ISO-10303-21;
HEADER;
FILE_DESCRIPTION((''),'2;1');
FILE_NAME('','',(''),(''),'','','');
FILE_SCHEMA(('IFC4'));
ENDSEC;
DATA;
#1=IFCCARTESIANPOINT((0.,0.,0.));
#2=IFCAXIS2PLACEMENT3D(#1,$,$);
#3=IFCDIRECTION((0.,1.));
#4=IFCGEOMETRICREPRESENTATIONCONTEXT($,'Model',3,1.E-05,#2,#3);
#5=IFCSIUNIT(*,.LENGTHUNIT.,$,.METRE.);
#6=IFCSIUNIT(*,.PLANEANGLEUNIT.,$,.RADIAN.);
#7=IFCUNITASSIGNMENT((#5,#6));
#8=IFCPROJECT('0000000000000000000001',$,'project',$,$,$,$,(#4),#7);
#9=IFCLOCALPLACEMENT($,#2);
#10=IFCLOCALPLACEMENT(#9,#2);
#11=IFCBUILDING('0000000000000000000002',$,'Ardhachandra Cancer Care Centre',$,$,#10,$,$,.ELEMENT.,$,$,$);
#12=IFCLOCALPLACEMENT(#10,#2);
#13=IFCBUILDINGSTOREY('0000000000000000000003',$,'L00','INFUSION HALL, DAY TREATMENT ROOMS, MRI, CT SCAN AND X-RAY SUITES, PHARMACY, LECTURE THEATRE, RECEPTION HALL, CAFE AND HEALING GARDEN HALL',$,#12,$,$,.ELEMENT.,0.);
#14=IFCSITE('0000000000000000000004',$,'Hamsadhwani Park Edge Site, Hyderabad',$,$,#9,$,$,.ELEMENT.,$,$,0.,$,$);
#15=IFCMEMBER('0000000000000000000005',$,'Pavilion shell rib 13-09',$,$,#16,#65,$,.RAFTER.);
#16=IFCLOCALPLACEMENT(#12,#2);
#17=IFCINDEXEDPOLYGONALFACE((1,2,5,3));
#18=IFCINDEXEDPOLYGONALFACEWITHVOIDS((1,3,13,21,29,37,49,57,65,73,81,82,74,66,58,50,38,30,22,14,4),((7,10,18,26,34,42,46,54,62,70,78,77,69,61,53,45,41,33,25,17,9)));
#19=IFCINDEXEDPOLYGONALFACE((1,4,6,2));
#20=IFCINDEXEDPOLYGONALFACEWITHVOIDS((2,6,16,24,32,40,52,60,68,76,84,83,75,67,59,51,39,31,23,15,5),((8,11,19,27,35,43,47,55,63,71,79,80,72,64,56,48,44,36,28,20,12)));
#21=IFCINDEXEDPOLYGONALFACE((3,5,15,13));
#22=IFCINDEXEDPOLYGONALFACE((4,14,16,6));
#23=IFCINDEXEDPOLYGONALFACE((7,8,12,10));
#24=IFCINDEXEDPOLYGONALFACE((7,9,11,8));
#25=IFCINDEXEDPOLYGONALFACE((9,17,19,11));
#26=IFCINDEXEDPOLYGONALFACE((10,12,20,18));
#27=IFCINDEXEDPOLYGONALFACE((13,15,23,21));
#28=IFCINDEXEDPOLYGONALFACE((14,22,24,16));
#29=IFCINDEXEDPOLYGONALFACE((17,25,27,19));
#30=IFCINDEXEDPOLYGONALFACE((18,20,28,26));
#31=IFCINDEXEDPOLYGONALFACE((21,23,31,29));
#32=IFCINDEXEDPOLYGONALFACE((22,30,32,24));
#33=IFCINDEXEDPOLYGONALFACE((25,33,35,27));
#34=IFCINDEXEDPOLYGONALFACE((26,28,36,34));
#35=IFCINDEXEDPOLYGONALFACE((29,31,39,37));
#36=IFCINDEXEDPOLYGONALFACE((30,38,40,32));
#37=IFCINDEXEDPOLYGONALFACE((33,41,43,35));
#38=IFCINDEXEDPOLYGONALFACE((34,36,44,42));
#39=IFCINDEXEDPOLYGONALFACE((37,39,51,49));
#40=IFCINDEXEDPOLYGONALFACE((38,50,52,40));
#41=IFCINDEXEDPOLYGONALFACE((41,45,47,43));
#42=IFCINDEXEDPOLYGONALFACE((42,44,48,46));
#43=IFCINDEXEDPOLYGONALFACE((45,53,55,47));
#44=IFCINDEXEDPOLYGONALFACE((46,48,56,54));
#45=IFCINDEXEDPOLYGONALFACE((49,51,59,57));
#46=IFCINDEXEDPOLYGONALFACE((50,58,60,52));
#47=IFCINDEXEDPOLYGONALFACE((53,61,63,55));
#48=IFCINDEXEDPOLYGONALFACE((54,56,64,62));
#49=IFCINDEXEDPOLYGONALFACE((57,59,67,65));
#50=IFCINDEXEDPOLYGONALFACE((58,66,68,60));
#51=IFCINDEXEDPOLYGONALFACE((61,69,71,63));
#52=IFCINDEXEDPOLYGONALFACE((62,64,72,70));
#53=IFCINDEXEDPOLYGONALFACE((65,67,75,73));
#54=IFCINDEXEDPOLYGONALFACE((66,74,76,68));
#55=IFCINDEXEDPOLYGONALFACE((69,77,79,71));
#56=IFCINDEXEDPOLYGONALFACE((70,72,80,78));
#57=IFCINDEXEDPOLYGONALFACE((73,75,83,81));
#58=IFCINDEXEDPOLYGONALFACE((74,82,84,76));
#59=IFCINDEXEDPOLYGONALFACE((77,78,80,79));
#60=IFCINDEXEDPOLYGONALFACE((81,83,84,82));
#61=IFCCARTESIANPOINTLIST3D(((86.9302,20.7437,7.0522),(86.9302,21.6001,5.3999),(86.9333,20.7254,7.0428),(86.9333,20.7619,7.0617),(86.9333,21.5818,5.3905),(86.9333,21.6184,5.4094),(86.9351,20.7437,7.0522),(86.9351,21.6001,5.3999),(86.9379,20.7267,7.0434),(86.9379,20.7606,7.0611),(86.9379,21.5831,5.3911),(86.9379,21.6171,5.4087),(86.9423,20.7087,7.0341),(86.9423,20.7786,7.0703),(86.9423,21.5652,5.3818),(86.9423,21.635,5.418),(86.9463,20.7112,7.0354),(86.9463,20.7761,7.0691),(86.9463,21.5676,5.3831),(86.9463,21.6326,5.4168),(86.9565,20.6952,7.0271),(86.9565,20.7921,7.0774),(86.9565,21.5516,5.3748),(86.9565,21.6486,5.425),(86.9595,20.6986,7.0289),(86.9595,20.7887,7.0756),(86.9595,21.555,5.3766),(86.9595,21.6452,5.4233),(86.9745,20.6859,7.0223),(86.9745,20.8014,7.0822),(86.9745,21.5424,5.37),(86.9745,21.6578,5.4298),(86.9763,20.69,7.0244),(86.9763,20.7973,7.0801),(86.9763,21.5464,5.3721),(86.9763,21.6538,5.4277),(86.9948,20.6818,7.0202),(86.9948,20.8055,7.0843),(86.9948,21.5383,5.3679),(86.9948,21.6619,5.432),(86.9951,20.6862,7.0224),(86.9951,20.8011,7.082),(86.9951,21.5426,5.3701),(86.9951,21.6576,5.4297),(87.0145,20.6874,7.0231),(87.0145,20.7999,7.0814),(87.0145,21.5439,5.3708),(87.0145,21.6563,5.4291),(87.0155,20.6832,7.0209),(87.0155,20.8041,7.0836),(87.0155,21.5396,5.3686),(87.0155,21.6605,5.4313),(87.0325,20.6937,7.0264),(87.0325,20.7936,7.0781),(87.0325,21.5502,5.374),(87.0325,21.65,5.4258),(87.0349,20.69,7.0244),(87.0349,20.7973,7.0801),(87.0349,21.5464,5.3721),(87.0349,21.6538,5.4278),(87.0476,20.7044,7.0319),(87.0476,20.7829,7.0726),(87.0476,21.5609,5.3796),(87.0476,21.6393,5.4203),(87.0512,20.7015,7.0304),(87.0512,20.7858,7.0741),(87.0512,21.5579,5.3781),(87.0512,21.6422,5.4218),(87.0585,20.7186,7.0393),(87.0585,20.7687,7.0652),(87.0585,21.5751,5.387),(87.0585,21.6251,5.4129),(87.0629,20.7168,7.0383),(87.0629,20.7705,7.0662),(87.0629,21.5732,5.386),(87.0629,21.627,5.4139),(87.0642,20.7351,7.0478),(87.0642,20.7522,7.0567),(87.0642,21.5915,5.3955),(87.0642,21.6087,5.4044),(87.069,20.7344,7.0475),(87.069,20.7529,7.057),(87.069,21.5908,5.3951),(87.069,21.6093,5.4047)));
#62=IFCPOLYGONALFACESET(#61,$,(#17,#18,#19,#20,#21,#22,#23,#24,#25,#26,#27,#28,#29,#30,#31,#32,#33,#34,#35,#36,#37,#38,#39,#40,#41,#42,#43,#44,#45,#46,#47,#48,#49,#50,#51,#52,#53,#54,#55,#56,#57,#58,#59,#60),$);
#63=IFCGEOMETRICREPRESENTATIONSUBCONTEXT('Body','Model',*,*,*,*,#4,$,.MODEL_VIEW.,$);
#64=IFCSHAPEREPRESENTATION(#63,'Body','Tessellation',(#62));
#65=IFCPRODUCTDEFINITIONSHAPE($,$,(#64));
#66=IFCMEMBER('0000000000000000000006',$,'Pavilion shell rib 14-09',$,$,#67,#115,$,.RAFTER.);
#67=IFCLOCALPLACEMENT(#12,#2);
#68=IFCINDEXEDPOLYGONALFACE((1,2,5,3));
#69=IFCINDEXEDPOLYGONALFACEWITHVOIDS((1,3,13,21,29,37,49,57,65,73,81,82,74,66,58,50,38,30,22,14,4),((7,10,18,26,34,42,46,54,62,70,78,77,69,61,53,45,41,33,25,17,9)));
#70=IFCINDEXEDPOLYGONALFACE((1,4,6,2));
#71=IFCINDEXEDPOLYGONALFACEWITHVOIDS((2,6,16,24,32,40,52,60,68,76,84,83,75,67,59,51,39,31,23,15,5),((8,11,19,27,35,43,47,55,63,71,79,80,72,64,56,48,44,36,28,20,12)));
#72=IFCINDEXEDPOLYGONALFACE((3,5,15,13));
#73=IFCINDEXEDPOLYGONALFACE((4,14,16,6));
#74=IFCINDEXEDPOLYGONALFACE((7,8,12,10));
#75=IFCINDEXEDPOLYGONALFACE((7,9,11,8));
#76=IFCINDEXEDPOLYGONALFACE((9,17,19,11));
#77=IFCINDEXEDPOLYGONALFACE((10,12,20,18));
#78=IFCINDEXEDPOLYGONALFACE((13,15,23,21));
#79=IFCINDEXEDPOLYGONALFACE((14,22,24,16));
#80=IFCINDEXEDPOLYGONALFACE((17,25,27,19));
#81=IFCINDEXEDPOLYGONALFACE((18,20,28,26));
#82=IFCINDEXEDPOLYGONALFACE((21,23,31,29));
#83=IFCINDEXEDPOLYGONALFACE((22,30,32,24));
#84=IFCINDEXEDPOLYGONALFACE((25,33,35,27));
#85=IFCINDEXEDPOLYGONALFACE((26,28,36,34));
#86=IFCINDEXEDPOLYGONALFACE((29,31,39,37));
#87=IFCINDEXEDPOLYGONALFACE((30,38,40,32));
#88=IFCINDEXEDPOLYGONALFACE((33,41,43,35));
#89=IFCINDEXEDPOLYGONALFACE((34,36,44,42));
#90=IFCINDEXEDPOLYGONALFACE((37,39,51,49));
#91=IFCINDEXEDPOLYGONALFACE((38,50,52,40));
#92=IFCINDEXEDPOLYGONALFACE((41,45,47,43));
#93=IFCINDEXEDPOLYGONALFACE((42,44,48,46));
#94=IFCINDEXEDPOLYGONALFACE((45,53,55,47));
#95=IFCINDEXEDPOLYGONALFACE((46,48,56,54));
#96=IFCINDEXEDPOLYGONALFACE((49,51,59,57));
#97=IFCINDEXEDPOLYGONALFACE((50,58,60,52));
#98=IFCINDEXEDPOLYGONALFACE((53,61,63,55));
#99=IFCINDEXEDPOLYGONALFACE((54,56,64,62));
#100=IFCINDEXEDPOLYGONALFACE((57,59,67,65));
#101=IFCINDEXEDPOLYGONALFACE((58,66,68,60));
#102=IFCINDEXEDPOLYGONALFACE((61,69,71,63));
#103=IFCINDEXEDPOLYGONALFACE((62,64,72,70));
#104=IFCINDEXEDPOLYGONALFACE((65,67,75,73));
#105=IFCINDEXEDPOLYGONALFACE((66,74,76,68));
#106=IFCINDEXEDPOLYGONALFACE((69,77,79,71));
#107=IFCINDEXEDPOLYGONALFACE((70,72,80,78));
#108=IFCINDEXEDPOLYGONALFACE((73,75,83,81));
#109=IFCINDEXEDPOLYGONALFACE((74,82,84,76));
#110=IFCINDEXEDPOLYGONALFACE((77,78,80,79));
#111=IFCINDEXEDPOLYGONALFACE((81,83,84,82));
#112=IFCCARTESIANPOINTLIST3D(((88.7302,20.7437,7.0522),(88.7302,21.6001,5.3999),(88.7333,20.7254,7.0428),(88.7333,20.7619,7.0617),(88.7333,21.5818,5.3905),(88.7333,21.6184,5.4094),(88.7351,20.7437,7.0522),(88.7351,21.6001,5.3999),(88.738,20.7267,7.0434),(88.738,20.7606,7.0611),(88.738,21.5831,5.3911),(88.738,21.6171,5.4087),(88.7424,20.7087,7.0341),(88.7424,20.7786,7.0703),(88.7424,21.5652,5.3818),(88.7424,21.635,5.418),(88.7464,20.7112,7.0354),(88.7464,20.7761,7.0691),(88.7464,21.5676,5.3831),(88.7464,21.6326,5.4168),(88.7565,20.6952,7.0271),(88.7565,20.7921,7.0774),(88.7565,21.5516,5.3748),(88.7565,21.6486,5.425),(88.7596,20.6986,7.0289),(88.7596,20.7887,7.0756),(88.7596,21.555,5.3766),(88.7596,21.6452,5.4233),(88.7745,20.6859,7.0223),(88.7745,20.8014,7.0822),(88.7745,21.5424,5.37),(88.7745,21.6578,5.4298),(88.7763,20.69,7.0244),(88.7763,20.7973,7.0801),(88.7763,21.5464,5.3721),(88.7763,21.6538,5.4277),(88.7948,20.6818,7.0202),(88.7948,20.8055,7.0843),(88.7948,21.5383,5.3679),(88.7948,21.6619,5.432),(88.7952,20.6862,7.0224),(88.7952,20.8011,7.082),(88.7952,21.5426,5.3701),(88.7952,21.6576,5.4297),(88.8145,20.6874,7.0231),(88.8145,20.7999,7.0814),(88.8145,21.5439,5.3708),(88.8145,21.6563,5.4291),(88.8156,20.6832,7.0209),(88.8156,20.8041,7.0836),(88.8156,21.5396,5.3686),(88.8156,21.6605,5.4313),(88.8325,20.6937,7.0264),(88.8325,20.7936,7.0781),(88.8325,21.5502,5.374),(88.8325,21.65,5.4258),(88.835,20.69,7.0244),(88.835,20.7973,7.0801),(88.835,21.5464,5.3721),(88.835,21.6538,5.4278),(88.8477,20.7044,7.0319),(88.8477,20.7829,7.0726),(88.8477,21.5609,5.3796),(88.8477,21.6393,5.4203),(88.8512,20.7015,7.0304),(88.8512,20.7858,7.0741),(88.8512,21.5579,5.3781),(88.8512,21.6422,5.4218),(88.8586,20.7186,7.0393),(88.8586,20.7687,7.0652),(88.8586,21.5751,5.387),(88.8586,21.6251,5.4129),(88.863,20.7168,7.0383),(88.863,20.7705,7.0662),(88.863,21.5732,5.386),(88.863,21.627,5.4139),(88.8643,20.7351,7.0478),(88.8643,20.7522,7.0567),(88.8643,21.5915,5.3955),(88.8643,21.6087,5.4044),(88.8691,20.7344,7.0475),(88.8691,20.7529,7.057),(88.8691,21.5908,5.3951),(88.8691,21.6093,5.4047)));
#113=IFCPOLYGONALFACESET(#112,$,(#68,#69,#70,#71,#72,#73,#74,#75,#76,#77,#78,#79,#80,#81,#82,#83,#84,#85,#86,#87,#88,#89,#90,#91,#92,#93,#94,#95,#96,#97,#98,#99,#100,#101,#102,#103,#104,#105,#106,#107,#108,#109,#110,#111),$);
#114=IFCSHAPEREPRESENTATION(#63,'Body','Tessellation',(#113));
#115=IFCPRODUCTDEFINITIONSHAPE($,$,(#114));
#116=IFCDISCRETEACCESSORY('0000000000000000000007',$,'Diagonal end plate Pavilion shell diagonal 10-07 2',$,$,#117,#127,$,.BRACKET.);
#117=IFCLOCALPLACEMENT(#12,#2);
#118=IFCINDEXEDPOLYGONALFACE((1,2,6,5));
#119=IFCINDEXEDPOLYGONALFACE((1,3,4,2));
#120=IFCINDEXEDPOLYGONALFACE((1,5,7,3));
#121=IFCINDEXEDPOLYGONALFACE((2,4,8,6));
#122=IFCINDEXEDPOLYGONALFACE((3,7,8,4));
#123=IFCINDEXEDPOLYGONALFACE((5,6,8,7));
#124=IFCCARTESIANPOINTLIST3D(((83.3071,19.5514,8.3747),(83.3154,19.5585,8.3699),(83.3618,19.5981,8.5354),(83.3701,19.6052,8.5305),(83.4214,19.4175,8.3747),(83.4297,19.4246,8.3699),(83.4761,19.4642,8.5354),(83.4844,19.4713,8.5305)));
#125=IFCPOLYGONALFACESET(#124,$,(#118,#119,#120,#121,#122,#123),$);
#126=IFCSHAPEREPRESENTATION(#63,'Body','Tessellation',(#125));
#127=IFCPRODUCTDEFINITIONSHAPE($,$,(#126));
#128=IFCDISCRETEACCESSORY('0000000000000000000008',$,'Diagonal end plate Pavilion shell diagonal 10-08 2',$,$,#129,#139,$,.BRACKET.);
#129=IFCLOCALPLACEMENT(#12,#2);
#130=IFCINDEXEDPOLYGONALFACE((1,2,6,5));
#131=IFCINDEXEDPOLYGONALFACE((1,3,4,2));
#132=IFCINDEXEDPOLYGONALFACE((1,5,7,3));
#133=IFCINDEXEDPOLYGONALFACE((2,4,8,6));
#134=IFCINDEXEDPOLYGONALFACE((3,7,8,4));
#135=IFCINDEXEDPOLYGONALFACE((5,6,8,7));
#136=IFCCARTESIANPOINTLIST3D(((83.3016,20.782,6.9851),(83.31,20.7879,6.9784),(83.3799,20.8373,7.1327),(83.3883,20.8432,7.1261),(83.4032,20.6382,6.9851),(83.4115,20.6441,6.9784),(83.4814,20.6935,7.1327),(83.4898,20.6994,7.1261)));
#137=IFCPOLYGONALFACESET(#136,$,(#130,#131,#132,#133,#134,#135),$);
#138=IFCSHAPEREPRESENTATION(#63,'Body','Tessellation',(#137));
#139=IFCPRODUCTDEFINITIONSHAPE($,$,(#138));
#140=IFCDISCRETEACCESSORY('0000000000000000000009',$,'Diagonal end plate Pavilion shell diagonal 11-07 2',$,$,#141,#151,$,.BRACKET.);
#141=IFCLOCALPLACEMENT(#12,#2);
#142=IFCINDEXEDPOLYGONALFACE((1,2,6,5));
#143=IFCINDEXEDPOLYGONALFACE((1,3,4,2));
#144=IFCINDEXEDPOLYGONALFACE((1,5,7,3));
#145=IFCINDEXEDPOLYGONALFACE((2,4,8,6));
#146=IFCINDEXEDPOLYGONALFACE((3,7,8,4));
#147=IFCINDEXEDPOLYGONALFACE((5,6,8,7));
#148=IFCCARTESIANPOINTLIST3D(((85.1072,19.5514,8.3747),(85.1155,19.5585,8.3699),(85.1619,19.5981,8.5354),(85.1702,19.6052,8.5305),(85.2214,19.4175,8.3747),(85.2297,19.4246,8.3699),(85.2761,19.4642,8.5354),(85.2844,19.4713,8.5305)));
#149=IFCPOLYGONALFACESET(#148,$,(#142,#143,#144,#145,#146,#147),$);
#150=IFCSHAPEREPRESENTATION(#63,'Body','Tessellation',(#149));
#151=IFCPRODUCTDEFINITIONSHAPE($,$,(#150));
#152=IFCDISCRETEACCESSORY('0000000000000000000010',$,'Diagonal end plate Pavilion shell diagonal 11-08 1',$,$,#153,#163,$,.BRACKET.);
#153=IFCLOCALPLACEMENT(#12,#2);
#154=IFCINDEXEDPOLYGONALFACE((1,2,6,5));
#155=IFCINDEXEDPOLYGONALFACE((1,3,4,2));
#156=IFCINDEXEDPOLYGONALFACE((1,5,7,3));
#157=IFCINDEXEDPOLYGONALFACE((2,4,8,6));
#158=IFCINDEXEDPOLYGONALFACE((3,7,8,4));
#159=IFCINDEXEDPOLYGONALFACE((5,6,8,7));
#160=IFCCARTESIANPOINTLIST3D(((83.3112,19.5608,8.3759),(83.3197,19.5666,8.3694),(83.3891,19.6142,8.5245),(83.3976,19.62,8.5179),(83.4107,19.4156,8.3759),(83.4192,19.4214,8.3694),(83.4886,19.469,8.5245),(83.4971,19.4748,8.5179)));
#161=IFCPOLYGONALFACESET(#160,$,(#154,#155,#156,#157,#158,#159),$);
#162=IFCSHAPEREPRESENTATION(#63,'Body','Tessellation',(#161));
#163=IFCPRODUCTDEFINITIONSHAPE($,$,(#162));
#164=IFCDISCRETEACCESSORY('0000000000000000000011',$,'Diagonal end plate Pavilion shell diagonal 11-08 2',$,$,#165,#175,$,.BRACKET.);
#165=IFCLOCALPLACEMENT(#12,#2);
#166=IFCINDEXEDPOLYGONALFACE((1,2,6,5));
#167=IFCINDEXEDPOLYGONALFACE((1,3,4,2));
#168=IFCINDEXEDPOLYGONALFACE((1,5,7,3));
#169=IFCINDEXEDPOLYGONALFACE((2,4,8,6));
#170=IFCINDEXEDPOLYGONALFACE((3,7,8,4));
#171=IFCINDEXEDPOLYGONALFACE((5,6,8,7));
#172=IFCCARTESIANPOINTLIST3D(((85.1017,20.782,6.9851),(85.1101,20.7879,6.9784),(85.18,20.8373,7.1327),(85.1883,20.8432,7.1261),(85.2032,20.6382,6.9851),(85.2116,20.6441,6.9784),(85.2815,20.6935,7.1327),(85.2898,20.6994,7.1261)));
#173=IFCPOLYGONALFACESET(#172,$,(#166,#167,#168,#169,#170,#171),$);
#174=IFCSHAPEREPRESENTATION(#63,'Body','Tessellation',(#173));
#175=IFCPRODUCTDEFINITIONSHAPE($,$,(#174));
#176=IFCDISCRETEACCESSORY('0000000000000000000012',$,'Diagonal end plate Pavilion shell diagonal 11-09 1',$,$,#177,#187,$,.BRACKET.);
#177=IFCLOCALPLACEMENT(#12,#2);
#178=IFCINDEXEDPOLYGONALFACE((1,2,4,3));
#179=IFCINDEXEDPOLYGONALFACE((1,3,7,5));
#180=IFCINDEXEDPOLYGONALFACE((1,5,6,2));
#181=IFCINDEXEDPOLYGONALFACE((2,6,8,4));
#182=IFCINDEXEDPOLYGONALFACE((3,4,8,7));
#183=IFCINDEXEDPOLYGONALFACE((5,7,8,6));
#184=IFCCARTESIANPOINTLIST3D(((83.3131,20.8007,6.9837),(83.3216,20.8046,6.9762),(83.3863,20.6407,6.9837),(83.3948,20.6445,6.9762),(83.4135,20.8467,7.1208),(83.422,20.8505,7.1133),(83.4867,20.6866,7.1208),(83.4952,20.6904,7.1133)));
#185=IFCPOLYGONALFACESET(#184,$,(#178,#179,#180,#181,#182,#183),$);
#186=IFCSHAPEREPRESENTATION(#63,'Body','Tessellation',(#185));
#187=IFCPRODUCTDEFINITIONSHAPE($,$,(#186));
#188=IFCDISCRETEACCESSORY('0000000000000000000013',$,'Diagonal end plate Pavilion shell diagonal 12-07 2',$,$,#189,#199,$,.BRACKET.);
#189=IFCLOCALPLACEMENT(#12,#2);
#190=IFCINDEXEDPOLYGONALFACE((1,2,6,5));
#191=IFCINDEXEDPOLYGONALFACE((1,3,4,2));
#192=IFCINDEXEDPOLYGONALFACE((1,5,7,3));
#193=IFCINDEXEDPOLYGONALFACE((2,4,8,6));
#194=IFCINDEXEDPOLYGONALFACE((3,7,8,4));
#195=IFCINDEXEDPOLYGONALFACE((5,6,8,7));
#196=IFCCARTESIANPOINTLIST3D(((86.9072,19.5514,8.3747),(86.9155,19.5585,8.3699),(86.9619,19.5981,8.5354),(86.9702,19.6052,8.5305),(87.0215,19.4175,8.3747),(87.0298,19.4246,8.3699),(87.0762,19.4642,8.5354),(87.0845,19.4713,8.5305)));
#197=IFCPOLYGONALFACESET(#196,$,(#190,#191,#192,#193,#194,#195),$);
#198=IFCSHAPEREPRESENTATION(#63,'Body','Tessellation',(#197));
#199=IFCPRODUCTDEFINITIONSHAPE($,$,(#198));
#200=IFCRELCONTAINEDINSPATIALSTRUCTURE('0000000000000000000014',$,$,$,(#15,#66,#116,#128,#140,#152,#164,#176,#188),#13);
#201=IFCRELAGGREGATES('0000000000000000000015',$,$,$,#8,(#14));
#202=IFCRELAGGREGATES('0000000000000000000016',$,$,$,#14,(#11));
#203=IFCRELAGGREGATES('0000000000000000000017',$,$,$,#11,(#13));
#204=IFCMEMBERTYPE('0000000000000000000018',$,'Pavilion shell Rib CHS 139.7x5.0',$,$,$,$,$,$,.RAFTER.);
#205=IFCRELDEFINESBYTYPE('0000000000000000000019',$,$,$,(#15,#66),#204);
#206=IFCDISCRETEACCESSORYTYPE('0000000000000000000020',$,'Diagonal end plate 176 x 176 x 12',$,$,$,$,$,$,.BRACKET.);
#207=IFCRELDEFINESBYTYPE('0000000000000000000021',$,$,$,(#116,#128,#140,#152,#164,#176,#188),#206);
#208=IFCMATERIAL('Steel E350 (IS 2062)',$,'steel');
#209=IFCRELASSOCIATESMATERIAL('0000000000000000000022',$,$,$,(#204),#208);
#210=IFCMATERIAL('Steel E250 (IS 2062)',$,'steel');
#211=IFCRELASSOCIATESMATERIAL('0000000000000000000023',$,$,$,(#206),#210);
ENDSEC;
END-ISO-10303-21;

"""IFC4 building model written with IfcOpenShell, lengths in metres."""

from ifc_helpers import new_model, si_unit, direction, frame, origin, origin_2d, place, context, subcontext, project, spatial, rectangle, hollow_circle, extrude, material, material_profile, profile_set, type_object, element, save


model = new_model("IFC4")

# Units and contexts
model_context = context("Model", 3, precision=1e-05, world=origin(), true_north=direction((0.0, 1.0)))
body_context = subcontext(model_context, "Body", "Model", "MODEL_VIEW")
ifc_project = project(units=[si_unit("LENGTHUNIT", "METRE"), si_unit("PLANEANGLEUNIT", "RADIAN")], contexts=[model_context])

# Site, building, storey
site_placement = place(None, origin())
site = spatial("IfcSite", under=ifc_project, at=site_placement, Name="Hamsadhwani Park Edge Site, Hyderabad", CompositionType="ELEMENT", RefElevation=0.0)
building_placement = place(site_placement, origin())
building = spatial("IfcBuilding", under=site, at=building_placement, Name="Ardhachandra Cancer Care Centre", CompositionType="ELEMENT")
storey_placement = place(building_placement, origin())
storey = spatial("IfcBuildingStorey", under=building, at=storey_placement, Name="L00", Description="INFUSION HALL, DAY TREATMENT ROOMS, MRI, CT SCAN AND X-RAY SUITES, PHARMACY, LECTURE THEATRE, RECEPTION HALL, CAFE AND HEALING GARDEN HALL", CompositionType="ELEMENT", Elevation=0.0)

# Members
ifc_material_1 = material(Name="Steel E350 (IS 2062)", Category="steel")
ifc_material_profile_1 = material_profile(ifc_material_1, hollow_circle(Radius=0.0698, WallThickness=0.0049, at=origin_2d()), Name="CHS 139.7x5.0")
ifc_profile_set_1 = profile_set([ifc_material_profile_1], Name="Steel E350 (IS 2062)")
member_type_1 = type_object("IfcMemberType", Name="Pavilion shell Rib CHS 139.7x5.0", PredefinedType="RAFTER", material=ifc_profile_set_1)
for number, where, z_axis, x_axis, name in (
    (1, (87.0, 20.7437, 7.0522), (0.0, 0.460179, -0.887826), (-1.0, 0.0, 0.0), "Pavilion shell rib 13-09"),
    (2, (88.8, 20.7437, 7.0522), (0.0, 0.460179, -0.887826), (-1.0, 0.0, 0.0), "Pavilion shell rib 14-09"),
):
    element("IfcMember", number, at=place(storey_placement, frame(where, z_axis=z_axis, x_axis=x_axis)), inside=storey, type_object=member_type_1, Name=name, PredefinedType="RAFTER", context=body_context, shape_type="SweptSolid", body=[
        extrude(hollow_circle(Radius=0.0698, WallThickness=0.0049, at=origin_2d()), origin(), (0.0, 0.0, 1.0), 1.8611),
    ])

# Discrete accessories
ifc_material_2 = material(Name="Steel E250 (IS 2062)", Category="steel")
ifc_material_profile_2 = material_profile(ifc_material_2, rectangle(XDim=0.176, YDim=0.176, at=origin_2d()), Name="PL 176x176x12")
ifc_profile_set_2 = profile_set([ifc_material_profile_2], Name="Steel E250 (IS 2062)")
discrete_accessory_type = type_object("IfcDiscreteAccessoryType", Name="Diagonal end plate 176 x 176 x 12", PredefinedType="BRACKET", material=ifc_profile_set_2)
discrete_accessory_1_placement = place(storey_placement, frame((83.3999, 19.5149, 8.4502), z_axis=(-0.694456, -0.59233, 0.408504), x_axis=(0.648947, -0.760834, 0.0)))
element("IfcDiscreteAccessory", 3, at=discrete_accessory_1_placement, inside=storey, type_object=discrete_accessory_type, Name="Diagonal end plate Pavilion shell diagonal 10-07 2", PredefinedType="BRACKET", context=body_context, shape_type="SweptSolid", body=[
    extrude(rectangle(XDim=0.176, YDim=0.176, at=origin_2d()), origin(), (0.0, 0.0, 1.0), 0.012),
])
discrete_accessory_2_placement = place(storey_placement, frame((83.3999, 20.7437, 7.0522), z_axis=(-0.685367, -0.483788, 0.544262), x_axis=(0.576683, -0.816968, 0.0)))
element("IfcDiscreteAccessory", 4, at=discrete_accessory_2_placement, inside=storey, type_object=discrete_accessory_type, Name="Diagonal end plate Pavilion shell diagonal 10-08 2", PredefinedType="BRACKET", context=body_context, shape_type="SweptSolid", body=[
    extrude(rectangle(XDim=0.176, YDim=0.176, at=origin_2d()), origin(), (0.0, 0.0, 1.0), 0.0122),
])
discrete_accessory_3_placement = place(storey_placement, frame((85.2, 19.5149, 8.4502), z_axis=(-0.694456, -0.59233, 0.408504), x_axis=(0.648947, -0.760834, 0.0)))
element("IfcDiscreteAccessory", 5, at=discrete_accessory_3_placement, inside=storey, type_object=discrete_accessory_type, Name="Diagonal end plate Pavilion shell diagonal 11-07 2", PredefinedType="BRACKET", context=body_context, shape_type="SweptSolid", body=[
    extrude(rectangle(XDim=0.176, YDim=0.176, at=origin_2d()), origin(), (0.0, 0.0, 1.0), 0.012),
])
for number, where, z_axis, x_axis, name in (
    (6, (83.3999, 19.5149, 8.4502), (0.695837, 0.477146, -0.536789), (-0.565528, 0.824729, 0.0), "Diagonal end plate Pavilion shell diagonal 11-08 1"),
    (7, (85.2, 20.7437, 7.0522), (-0.685367, -0.483788, 0.544262), (0.576683, -0.816968, 0.0), "Diagonal end plate Pavilion shell diagonal 11-08 2"),
):
    element("IfcDiscreteAccessory", number, at=place(storey_placement, frame(where, z_axis=z_axis, x_axis=x_axis)), inside=storey, type_object=discrete_accessory_type, Name=name, PredefinedType="BRACKET", context=body_context, shape_type="SweptSolid", body=[
        extrude(rectangle(XDim=0.176, YDim=0.176, at=origin_2d()), origin(), (0.0, 0.0, 1.0), 0.0122),
    ])
for number, where, z_axis, x_axis, name in (
    (8, (83.3999, 20.7437, 7.0522), (0.708264, 0.323778, -0.62732), (-0.41576, 0.909474, 0.0), "Diagonal end plate Pavilion shell diagonal 11-09 1"),
    (9, (87.0, 19.5149, 8.4502), (-0.694456, -0.59233, 0.408504), (0.648947, -0.760834, 0.0), "Diagonal end plate Pavilion shell diagonal 12-07 2"),
):
    element("IfcDiscreteAccessory", number, at=place(storey_placement, frame(where, z_axis=z_axis, x_axis=x_axis)), inside=storey, type_object=discrete_accessory_type, Name=name, PredefinedType="BRACKET", context=body_context, shape_type="SweptSolid", body=[
        extrude(rectangle(XDim=0.176, YDim=0.176, at=origin_2d()), origin(), (0.0, 0.0, 1.0), 0.012),
    ])

save(model, "model.ifc")
